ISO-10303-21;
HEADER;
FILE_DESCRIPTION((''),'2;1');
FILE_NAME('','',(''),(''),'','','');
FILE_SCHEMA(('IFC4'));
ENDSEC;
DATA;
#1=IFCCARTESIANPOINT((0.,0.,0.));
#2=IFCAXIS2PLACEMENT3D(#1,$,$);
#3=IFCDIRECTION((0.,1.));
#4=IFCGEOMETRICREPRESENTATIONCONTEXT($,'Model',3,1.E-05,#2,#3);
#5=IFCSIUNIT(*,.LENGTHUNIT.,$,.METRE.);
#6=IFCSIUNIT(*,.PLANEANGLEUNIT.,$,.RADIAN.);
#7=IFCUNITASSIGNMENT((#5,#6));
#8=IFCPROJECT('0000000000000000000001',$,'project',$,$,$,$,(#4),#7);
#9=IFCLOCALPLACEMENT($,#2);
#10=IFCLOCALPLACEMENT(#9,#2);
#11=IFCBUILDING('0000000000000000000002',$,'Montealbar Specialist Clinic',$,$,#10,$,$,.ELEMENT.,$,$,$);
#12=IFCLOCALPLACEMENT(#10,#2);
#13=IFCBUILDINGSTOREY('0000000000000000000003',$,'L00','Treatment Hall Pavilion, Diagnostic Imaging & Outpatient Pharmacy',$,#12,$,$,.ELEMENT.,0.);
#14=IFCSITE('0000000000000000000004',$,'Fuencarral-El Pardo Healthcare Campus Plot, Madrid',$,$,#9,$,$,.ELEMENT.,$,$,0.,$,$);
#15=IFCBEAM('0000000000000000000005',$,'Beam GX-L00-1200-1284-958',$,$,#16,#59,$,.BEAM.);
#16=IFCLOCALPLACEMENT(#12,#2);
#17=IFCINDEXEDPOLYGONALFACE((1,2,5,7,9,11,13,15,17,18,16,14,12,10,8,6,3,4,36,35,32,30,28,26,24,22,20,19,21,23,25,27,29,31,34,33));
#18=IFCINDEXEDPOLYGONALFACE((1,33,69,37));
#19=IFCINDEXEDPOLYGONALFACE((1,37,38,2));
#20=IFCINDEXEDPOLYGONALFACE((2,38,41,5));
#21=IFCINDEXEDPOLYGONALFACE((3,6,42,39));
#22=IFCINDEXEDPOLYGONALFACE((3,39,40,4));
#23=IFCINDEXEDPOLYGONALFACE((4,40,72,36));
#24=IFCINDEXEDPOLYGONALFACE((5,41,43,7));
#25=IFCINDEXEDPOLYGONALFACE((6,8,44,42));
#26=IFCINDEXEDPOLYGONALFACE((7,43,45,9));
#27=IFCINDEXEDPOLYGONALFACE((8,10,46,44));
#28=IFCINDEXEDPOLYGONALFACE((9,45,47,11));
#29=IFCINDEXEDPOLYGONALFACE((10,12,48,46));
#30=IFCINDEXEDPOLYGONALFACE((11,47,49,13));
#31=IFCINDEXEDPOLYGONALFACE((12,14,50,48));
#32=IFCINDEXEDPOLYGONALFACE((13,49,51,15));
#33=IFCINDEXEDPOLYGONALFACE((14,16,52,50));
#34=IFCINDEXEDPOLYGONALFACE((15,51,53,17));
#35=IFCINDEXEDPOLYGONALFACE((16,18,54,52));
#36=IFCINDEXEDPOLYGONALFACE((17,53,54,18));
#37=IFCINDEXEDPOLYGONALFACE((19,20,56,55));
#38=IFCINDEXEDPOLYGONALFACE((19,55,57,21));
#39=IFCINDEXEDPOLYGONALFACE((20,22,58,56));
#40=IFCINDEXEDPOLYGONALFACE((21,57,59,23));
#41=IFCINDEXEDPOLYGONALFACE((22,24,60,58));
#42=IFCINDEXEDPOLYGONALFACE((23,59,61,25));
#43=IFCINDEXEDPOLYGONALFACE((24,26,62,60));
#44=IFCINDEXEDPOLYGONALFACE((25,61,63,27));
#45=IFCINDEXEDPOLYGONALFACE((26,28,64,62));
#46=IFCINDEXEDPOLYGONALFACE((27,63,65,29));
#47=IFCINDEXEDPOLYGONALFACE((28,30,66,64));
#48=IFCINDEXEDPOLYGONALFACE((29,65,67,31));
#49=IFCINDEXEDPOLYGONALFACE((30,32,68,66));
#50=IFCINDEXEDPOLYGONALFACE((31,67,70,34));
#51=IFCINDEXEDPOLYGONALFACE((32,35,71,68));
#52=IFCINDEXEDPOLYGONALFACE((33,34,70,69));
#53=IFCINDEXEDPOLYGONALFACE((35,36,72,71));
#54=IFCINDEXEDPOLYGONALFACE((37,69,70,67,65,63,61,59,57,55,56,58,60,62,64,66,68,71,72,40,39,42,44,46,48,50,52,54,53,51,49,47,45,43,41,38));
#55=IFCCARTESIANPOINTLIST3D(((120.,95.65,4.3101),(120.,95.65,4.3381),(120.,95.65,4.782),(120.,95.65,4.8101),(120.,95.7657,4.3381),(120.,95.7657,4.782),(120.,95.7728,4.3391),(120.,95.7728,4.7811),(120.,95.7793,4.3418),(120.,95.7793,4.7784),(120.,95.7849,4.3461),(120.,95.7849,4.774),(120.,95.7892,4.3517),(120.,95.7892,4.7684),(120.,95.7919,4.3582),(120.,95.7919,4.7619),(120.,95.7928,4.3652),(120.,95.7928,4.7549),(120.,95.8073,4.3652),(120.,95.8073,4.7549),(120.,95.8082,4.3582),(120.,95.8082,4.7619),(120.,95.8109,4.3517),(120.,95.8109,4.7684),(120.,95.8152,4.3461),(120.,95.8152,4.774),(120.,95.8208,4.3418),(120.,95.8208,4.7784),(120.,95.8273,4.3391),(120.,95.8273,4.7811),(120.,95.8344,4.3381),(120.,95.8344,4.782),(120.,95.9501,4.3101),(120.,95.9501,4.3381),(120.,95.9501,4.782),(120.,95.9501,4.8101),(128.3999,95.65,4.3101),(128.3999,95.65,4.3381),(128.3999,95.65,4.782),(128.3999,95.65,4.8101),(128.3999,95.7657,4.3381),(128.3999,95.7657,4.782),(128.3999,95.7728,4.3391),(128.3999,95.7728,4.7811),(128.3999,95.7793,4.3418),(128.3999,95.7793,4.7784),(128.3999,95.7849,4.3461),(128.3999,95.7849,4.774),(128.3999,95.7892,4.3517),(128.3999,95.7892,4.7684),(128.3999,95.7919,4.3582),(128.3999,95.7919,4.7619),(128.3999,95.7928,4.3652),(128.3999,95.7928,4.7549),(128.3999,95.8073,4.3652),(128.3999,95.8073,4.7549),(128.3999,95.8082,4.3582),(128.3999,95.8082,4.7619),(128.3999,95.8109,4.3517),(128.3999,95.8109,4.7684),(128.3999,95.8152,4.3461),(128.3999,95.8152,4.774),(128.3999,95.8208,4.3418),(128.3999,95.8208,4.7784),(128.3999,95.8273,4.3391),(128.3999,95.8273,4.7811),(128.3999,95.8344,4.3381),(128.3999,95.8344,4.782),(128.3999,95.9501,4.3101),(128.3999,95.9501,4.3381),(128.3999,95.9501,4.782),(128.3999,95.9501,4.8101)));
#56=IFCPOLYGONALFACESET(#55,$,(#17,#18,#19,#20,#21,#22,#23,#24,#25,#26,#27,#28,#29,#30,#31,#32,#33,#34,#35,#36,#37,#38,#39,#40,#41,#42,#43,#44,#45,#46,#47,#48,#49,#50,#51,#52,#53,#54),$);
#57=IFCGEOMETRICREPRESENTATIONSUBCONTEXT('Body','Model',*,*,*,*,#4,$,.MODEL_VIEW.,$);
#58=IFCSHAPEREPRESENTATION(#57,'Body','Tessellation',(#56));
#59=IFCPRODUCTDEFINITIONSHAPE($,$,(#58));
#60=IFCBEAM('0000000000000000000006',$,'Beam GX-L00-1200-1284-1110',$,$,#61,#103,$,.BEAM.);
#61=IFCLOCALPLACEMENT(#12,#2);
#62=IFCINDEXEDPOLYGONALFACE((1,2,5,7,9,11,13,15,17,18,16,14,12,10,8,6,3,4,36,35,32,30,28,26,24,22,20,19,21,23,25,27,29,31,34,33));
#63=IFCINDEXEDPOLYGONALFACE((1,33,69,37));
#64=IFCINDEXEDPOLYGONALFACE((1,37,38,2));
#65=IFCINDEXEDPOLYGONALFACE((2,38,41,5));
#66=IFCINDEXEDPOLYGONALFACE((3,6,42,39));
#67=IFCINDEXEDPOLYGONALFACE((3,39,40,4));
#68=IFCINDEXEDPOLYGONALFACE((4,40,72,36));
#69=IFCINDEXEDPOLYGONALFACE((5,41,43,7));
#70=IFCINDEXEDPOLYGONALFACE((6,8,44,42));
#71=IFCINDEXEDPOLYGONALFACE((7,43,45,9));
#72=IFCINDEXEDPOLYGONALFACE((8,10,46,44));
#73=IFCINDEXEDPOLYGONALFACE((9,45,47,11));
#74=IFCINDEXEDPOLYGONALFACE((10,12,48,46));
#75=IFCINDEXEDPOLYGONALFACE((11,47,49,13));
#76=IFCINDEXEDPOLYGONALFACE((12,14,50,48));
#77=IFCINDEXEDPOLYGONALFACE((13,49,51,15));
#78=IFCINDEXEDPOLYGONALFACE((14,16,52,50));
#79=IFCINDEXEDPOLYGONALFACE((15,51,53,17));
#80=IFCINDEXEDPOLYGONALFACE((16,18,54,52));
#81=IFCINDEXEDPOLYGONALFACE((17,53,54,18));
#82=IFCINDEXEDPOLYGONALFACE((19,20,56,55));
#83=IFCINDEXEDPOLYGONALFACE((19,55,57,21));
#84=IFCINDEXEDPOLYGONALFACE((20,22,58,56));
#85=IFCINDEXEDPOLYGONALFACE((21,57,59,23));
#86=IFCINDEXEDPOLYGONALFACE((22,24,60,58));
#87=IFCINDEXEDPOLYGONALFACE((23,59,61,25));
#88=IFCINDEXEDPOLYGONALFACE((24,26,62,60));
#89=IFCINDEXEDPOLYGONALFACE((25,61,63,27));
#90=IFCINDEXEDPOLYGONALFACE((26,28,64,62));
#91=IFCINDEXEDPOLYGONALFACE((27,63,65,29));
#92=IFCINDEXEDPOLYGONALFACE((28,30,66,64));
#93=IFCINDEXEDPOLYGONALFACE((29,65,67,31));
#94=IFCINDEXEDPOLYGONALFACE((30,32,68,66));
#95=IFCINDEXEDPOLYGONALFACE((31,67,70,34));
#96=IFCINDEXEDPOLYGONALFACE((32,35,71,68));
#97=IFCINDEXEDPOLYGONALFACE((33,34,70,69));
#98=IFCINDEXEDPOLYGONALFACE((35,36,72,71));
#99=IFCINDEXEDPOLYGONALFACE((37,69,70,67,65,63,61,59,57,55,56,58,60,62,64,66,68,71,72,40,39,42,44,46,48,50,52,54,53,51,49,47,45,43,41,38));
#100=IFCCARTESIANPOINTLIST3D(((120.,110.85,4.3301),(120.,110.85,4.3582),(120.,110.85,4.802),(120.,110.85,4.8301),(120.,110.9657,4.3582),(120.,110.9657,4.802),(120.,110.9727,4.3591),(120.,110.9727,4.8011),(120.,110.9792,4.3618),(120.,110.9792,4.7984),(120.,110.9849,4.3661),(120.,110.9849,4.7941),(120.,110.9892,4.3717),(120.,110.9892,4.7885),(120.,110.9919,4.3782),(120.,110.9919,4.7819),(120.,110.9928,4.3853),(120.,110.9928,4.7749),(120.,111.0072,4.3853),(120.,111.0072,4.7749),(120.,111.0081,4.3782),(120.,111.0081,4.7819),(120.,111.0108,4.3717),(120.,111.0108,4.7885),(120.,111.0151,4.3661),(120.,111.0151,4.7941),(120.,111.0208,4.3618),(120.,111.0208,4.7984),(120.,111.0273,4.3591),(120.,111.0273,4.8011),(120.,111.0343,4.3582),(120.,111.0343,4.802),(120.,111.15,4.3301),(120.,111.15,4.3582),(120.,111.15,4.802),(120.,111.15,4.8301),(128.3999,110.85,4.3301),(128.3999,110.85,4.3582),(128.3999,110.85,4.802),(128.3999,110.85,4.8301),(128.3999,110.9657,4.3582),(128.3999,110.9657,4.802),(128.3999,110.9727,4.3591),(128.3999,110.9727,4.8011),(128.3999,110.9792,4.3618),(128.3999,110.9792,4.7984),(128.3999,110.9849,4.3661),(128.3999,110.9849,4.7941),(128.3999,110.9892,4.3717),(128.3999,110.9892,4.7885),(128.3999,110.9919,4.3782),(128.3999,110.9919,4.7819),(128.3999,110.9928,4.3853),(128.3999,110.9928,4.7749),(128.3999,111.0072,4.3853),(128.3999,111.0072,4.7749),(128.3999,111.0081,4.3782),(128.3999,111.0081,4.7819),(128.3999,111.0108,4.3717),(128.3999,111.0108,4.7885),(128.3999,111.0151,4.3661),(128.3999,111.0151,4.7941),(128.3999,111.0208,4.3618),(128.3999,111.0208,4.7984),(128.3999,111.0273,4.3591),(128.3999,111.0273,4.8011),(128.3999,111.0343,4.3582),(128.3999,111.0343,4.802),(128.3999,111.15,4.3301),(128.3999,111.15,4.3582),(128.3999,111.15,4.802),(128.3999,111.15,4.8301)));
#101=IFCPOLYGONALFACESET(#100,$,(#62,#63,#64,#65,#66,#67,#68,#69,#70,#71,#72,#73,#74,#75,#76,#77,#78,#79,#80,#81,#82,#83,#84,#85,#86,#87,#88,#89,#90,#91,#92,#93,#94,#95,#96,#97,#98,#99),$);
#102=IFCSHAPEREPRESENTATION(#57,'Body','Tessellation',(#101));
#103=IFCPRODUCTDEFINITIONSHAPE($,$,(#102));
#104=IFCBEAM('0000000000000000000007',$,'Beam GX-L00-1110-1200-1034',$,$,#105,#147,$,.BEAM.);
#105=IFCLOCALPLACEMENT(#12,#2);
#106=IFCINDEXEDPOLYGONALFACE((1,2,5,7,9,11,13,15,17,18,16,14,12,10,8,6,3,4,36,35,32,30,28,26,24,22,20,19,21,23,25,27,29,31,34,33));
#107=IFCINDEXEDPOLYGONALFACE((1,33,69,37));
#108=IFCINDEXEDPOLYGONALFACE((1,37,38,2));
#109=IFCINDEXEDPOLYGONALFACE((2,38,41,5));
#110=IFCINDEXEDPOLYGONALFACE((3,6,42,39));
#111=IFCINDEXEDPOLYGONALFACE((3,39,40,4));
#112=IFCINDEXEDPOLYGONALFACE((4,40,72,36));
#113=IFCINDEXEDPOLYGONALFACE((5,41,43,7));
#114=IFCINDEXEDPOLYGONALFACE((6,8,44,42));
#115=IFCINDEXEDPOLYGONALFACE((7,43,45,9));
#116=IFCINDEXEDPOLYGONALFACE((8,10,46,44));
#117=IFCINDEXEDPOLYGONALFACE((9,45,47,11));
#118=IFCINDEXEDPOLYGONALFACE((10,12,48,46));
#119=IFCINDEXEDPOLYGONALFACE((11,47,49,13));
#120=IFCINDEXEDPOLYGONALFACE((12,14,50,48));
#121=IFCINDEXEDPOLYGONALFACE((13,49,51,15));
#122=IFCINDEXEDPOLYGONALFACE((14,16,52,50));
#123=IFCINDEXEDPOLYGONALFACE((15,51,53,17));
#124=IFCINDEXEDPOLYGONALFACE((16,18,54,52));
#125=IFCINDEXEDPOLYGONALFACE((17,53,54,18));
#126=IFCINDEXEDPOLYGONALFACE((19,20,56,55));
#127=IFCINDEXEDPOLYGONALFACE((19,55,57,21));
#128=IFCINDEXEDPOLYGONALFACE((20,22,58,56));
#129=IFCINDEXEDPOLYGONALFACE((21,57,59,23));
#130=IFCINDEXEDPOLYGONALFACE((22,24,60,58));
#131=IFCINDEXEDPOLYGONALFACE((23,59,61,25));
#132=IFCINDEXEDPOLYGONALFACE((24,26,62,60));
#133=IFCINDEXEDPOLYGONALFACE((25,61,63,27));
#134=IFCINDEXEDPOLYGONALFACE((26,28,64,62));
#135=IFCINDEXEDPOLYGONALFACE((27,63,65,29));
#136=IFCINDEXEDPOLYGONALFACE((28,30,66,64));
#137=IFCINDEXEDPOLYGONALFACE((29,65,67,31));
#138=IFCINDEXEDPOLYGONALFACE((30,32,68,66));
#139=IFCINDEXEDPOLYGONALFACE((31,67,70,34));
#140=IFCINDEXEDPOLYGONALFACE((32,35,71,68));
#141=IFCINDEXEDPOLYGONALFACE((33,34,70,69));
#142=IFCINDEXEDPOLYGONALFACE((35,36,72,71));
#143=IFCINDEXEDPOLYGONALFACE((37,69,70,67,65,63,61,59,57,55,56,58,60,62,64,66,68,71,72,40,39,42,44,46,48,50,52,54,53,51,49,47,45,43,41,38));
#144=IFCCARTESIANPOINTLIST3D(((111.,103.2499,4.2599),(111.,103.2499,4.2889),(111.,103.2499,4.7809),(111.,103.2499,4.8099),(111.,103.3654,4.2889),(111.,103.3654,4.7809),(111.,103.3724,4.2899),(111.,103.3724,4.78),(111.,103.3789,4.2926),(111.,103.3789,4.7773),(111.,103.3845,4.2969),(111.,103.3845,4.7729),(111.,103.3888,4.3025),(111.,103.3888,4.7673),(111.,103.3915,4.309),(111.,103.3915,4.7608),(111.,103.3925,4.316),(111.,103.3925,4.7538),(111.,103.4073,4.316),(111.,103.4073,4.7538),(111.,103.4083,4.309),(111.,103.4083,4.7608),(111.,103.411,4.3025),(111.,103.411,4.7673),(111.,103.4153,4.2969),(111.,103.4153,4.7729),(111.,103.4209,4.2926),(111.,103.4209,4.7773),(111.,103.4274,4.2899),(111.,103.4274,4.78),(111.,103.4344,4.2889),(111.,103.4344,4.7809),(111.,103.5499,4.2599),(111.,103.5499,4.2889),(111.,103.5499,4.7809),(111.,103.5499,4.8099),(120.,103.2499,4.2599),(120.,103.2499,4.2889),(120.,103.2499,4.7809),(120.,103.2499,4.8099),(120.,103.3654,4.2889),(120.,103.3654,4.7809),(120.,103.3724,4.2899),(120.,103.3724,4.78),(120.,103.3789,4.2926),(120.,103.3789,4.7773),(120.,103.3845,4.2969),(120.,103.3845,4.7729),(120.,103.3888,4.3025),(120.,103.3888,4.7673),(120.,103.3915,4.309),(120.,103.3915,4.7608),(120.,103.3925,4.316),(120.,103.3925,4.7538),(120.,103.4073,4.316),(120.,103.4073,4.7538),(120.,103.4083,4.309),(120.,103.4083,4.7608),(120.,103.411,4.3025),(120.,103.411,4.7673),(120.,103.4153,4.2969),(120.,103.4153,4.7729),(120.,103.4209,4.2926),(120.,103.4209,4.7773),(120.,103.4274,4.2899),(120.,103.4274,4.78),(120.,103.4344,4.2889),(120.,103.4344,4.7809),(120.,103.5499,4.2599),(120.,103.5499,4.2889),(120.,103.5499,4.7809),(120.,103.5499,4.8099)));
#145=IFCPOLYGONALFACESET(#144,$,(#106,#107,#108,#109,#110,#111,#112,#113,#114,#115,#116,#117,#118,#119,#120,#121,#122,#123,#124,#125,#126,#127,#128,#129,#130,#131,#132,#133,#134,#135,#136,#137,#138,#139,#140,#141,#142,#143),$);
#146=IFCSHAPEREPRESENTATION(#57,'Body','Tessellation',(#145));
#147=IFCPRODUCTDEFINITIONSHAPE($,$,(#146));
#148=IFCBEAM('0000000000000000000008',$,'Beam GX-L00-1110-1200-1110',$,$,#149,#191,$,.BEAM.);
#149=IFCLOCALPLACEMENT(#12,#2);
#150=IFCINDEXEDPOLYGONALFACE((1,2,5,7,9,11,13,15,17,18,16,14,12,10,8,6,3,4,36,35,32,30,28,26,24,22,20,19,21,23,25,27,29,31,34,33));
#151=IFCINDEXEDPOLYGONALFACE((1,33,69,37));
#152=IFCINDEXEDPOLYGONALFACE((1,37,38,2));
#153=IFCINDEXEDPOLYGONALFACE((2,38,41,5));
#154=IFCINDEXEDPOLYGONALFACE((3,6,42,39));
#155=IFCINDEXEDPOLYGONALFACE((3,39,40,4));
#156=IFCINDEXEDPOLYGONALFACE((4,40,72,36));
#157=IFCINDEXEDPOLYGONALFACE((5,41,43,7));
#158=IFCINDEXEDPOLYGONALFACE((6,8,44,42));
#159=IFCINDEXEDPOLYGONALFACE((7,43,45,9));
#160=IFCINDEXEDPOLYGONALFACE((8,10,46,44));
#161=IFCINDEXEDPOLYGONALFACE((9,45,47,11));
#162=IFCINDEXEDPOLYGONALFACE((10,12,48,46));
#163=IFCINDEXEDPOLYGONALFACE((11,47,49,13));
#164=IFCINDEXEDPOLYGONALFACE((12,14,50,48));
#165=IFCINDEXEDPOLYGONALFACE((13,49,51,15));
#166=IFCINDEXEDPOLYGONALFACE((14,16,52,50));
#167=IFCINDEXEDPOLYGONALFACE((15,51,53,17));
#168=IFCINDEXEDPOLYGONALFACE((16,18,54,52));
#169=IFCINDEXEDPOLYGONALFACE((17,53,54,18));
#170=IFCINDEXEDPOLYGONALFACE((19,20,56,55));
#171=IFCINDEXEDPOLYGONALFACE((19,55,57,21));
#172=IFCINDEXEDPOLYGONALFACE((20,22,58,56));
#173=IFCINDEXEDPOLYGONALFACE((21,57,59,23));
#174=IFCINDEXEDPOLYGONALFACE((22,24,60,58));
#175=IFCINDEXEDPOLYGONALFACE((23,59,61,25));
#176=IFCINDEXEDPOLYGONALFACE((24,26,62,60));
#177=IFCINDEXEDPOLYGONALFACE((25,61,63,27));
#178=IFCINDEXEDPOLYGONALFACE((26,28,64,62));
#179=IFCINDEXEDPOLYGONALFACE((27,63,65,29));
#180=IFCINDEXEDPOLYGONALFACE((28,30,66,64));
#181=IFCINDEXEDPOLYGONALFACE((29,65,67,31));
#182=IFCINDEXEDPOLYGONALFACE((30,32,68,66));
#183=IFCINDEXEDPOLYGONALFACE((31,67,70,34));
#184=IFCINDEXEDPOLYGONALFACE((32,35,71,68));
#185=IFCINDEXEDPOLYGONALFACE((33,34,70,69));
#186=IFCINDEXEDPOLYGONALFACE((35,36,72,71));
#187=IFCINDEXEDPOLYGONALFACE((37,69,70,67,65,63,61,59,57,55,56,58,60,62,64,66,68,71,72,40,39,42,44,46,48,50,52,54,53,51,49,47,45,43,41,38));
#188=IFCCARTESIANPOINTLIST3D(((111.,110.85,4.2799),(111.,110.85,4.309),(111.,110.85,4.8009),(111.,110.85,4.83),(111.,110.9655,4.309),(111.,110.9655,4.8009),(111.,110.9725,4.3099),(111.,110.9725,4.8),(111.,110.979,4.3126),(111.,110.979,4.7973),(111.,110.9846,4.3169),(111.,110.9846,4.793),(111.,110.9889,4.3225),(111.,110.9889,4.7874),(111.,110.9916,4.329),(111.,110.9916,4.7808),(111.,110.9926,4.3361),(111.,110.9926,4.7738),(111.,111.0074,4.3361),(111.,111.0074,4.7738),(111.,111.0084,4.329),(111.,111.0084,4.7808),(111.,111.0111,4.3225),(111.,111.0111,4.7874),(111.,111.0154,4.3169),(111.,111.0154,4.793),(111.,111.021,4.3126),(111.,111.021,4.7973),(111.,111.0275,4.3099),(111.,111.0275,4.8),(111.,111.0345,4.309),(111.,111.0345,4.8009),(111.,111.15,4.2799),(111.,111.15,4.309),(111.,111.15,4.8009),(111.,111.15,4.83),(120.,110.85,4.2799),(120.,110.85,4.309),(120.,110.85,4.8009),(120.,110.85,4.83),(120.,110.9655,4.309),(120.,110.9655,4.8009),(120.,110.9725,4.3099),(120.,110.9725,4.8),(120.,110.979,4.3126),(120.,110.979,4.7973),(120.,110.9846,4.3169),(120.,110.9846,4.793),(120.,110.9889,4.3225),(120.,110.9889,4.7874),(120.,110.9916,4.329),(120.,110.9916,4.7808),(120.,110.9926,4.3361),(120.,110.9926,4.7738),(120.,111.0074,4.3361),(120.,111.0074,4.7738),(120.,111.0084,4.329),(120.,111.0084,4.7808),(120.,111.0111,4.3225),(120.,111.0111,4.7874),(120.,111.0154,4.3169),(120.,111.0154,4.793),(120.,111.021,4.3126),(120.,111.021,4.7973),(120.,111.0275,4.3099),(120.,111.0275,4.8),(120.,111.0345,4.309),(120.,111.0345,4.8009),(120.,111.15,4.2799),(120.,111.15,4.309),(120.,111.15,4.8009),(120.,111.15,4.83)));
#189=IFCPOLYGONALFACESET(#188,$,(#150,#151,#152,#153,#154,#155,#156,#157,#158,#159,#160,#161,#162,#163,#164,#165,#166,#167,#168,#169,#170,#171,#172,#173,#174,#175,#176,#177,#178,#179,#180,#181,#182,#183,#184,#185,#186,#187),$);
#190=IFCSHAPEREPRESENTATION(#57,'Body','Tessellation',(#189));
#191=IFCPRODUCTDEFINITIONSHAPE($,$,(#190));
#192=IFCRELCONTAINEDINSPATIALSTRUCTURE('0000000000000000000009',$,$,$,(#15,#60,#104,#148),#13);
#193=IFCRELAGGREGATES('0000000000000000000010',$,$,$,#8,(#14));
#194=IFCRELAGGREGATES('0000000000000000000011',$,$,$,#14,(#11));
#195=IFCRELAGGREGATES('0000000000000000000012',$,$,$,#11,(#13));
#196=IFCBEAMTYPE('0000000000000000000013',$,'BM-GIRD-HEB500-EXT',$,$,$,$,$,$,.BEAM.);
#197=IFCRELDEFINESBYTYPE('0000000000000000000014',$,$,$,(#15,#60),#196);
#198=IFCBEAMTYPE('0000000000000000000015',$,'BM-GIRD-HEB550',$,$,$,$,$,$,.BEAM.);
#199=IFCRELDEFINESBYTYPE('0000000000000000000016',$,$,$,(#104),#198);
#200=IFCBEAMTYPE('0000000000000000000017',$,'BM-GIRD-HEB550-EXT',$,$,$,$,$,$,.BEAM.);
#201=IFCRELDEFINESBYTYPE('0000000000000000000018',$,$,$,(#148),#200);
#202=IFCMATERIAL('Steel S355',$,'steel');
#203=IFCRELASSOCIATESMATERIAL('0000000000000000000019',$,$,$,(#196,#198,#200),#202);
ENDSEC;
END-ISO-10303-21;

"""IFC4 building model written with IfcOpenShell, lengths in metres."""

from ifc_helpers import new_model, si_unit, direction, frame, origin, origin_2d, place, context, subcontext, project, spatial, i_section, extrude, material, material_profile, profile_set, type_object, element, save


model = new_model("IFC4")

# Units and contexts
model_context = context("Model", 3, precision=1e-05, world=origin(), true_north=direction((0.0, 1.0)))
body_context = subcontext(model_context, "Body", "Model", "MODEL_VIEW")
ifc_project = project(units=[si_unit("LENGTHUNIT", "METRE"), si_unit("PLANEANGLEUNIT", "RADIAN")], contexts=[model_context])

# Site, building, storey
site_placement = place(None, origin())
site = spatial("IfcSite", under=ifc_project, at=site_placement, Name="Fuencarral-El Pardo Healthcare Campus Plot, Madrid", CompositionType="ELEMENT", RefElevation=0.0)
building_placement = place(site_placement, origin())
building = spatial("IfcBuilding", under=site, at=building_placement, Name="Montealbar Specialist Clinic", CompositionType="ELEMENT")
storey_placement = place(building_placement, origin())
storey = spatial("IfcBuildingStorey", under=building, at=storey_placement, Name="L00", Description="Treatment Hall Pavilion, Diagnostic Imaging & Outpatient Pharmacy", CompositionType="ELEMENT", Elevation=0.0)

# Shared definitions
ifc_material_1 = material(Name="Steel S355", Category="steel")

# Beams
ifc_material_profile_1 = material_profile(ifc_material_1, i_section(OverallWidth=0.3, OverallDepth=0.5, WebThickness=0.0144, FlangeThickness=0.0281, FilletRadius=0.0271, at=origin_2d()), Name="HEB 500", Category="steel")
ifc_profile_set_1 = profile_set([ifc_material_profile_1], Name="Steel S355")
beam_type_1 = type_object("IfcBeamType", Name="BM-GIRD-HEB500-EXT", PredefinedType="BEAM", material=ifc_profile_set_1)
for number, where, z_axis, x_axis, name in (
    (1, (120.0, 95.8, 4.5601), (1.0, 0.0, 0.0), (0.0, 1.0, 0.0), "Beam GX-L00-1200-1284-958"),
    (2, (120.0, 111.0, 4.5801), (1.0, 0.0, 0.0), (0.0, 1.0, 0.0), "Beam GX-L00-1200-1284-1110"),
):
    element("IfcBeam", number, at=place(storey_placement, frame(where, z_axis=z_axis, x_axis=x_axis)), inside=storey, type_object=beam_type_1, Name=name, PredefinedType="BEAM", context=body_context, shape_type="SweptSolid", body=[
        extrude(i_section(OverallWidth=0.3, OverallDepth=0.5, WebThickness=0.0144, FlangeThickness=0.0281, FilletRadius=0.0271, at=origin_2d()), origin(), (0.0, 0.0, 1.0), 8.3999),
    ])
ifc_material_profile_2 = material_profile(ifc_material_1, i_section(OverallWidth=0.3, OverallDepth=0.55, WebThickness=0.0149, FlangeThickness=0.0291, FilletRadius=0.0271, at=origin_2d()), Name="HEB 550", Category="steel")
ifc_profile_set_2 = profile_set([ifc_material_profile_2], Name="Steel S355")
beam_type_2 = type_object("IfcBeamType", Name="BM-GIRD-HEB550", PredefinedType="BEAM", material=ifc_profile_set_2)
beam_1_placement = place(storey_placement, frame((111.0, 103.3999, 4.5349), z_axis=(1.0, 0.0, 0.0), x_axis=(0.0, 1.0, 0.0)))
element("IfcBeam", 3, at=beam_1_placement, inside=storey, type_object=beam_type_2, Name="Beam GX-L00-1110-1200-1034", PredefinedType="BEAM", context=body_context, shape_type="SweptSolid", body=[
    extrude(i_section(OverallWidth=0.3, OverallDepth=0.55, WebThickness=0.0149, FlangeThickness=0.0291, FilletRadius=0.0271, at=origin_2d()), origin(), (0.0, 0.0, 1.0), 9.0),
])
ifc_material_profile_3 = material_profile(ifc_material_1, i_section(OverallWidth=0.3, OverallDepth=0.55, WebThickness=0.0149, FlangeThickness=0.0291, FilletRadius=0.0271, at=origin_2d()), Name="HEB 550", Category="steel")
ifc_profile_set_3 = profile_set([ifc_material_profile_3], Name="Steel S355")
beam_type_3 = type_object("IfcBeamType", Name="BM-GIRD-HEB550-EXT", PredefinedType="BEAM", material=ifc_profile_set_3)
beam_2_placement = place(storey_placement, frame((111.0, 111.0, 4.5549), z_axis=(1.0, 0.0, 0.0), x_axis=(0.0, 1.0, 0.0)))
element("IfcBeam", 4, at=beam_2_placement, inside=storey, type_object=beam_type_3, Name="Beam GX-L00-1110-1200-1110", PredefinedType="BEAM", context=body_context, shape_type="SweptSolid", body=[
    extrude(i_section(OverallWidth=0.3, OverallDepth=0.55, WebThickness=0.0149, FlangeThickness=0.0291, FilletRadius=0.0271, at=origin_2d()), origin(), (0.0, 0.0, 1.0), 9.0),
])

save(model, "model.ifc")
